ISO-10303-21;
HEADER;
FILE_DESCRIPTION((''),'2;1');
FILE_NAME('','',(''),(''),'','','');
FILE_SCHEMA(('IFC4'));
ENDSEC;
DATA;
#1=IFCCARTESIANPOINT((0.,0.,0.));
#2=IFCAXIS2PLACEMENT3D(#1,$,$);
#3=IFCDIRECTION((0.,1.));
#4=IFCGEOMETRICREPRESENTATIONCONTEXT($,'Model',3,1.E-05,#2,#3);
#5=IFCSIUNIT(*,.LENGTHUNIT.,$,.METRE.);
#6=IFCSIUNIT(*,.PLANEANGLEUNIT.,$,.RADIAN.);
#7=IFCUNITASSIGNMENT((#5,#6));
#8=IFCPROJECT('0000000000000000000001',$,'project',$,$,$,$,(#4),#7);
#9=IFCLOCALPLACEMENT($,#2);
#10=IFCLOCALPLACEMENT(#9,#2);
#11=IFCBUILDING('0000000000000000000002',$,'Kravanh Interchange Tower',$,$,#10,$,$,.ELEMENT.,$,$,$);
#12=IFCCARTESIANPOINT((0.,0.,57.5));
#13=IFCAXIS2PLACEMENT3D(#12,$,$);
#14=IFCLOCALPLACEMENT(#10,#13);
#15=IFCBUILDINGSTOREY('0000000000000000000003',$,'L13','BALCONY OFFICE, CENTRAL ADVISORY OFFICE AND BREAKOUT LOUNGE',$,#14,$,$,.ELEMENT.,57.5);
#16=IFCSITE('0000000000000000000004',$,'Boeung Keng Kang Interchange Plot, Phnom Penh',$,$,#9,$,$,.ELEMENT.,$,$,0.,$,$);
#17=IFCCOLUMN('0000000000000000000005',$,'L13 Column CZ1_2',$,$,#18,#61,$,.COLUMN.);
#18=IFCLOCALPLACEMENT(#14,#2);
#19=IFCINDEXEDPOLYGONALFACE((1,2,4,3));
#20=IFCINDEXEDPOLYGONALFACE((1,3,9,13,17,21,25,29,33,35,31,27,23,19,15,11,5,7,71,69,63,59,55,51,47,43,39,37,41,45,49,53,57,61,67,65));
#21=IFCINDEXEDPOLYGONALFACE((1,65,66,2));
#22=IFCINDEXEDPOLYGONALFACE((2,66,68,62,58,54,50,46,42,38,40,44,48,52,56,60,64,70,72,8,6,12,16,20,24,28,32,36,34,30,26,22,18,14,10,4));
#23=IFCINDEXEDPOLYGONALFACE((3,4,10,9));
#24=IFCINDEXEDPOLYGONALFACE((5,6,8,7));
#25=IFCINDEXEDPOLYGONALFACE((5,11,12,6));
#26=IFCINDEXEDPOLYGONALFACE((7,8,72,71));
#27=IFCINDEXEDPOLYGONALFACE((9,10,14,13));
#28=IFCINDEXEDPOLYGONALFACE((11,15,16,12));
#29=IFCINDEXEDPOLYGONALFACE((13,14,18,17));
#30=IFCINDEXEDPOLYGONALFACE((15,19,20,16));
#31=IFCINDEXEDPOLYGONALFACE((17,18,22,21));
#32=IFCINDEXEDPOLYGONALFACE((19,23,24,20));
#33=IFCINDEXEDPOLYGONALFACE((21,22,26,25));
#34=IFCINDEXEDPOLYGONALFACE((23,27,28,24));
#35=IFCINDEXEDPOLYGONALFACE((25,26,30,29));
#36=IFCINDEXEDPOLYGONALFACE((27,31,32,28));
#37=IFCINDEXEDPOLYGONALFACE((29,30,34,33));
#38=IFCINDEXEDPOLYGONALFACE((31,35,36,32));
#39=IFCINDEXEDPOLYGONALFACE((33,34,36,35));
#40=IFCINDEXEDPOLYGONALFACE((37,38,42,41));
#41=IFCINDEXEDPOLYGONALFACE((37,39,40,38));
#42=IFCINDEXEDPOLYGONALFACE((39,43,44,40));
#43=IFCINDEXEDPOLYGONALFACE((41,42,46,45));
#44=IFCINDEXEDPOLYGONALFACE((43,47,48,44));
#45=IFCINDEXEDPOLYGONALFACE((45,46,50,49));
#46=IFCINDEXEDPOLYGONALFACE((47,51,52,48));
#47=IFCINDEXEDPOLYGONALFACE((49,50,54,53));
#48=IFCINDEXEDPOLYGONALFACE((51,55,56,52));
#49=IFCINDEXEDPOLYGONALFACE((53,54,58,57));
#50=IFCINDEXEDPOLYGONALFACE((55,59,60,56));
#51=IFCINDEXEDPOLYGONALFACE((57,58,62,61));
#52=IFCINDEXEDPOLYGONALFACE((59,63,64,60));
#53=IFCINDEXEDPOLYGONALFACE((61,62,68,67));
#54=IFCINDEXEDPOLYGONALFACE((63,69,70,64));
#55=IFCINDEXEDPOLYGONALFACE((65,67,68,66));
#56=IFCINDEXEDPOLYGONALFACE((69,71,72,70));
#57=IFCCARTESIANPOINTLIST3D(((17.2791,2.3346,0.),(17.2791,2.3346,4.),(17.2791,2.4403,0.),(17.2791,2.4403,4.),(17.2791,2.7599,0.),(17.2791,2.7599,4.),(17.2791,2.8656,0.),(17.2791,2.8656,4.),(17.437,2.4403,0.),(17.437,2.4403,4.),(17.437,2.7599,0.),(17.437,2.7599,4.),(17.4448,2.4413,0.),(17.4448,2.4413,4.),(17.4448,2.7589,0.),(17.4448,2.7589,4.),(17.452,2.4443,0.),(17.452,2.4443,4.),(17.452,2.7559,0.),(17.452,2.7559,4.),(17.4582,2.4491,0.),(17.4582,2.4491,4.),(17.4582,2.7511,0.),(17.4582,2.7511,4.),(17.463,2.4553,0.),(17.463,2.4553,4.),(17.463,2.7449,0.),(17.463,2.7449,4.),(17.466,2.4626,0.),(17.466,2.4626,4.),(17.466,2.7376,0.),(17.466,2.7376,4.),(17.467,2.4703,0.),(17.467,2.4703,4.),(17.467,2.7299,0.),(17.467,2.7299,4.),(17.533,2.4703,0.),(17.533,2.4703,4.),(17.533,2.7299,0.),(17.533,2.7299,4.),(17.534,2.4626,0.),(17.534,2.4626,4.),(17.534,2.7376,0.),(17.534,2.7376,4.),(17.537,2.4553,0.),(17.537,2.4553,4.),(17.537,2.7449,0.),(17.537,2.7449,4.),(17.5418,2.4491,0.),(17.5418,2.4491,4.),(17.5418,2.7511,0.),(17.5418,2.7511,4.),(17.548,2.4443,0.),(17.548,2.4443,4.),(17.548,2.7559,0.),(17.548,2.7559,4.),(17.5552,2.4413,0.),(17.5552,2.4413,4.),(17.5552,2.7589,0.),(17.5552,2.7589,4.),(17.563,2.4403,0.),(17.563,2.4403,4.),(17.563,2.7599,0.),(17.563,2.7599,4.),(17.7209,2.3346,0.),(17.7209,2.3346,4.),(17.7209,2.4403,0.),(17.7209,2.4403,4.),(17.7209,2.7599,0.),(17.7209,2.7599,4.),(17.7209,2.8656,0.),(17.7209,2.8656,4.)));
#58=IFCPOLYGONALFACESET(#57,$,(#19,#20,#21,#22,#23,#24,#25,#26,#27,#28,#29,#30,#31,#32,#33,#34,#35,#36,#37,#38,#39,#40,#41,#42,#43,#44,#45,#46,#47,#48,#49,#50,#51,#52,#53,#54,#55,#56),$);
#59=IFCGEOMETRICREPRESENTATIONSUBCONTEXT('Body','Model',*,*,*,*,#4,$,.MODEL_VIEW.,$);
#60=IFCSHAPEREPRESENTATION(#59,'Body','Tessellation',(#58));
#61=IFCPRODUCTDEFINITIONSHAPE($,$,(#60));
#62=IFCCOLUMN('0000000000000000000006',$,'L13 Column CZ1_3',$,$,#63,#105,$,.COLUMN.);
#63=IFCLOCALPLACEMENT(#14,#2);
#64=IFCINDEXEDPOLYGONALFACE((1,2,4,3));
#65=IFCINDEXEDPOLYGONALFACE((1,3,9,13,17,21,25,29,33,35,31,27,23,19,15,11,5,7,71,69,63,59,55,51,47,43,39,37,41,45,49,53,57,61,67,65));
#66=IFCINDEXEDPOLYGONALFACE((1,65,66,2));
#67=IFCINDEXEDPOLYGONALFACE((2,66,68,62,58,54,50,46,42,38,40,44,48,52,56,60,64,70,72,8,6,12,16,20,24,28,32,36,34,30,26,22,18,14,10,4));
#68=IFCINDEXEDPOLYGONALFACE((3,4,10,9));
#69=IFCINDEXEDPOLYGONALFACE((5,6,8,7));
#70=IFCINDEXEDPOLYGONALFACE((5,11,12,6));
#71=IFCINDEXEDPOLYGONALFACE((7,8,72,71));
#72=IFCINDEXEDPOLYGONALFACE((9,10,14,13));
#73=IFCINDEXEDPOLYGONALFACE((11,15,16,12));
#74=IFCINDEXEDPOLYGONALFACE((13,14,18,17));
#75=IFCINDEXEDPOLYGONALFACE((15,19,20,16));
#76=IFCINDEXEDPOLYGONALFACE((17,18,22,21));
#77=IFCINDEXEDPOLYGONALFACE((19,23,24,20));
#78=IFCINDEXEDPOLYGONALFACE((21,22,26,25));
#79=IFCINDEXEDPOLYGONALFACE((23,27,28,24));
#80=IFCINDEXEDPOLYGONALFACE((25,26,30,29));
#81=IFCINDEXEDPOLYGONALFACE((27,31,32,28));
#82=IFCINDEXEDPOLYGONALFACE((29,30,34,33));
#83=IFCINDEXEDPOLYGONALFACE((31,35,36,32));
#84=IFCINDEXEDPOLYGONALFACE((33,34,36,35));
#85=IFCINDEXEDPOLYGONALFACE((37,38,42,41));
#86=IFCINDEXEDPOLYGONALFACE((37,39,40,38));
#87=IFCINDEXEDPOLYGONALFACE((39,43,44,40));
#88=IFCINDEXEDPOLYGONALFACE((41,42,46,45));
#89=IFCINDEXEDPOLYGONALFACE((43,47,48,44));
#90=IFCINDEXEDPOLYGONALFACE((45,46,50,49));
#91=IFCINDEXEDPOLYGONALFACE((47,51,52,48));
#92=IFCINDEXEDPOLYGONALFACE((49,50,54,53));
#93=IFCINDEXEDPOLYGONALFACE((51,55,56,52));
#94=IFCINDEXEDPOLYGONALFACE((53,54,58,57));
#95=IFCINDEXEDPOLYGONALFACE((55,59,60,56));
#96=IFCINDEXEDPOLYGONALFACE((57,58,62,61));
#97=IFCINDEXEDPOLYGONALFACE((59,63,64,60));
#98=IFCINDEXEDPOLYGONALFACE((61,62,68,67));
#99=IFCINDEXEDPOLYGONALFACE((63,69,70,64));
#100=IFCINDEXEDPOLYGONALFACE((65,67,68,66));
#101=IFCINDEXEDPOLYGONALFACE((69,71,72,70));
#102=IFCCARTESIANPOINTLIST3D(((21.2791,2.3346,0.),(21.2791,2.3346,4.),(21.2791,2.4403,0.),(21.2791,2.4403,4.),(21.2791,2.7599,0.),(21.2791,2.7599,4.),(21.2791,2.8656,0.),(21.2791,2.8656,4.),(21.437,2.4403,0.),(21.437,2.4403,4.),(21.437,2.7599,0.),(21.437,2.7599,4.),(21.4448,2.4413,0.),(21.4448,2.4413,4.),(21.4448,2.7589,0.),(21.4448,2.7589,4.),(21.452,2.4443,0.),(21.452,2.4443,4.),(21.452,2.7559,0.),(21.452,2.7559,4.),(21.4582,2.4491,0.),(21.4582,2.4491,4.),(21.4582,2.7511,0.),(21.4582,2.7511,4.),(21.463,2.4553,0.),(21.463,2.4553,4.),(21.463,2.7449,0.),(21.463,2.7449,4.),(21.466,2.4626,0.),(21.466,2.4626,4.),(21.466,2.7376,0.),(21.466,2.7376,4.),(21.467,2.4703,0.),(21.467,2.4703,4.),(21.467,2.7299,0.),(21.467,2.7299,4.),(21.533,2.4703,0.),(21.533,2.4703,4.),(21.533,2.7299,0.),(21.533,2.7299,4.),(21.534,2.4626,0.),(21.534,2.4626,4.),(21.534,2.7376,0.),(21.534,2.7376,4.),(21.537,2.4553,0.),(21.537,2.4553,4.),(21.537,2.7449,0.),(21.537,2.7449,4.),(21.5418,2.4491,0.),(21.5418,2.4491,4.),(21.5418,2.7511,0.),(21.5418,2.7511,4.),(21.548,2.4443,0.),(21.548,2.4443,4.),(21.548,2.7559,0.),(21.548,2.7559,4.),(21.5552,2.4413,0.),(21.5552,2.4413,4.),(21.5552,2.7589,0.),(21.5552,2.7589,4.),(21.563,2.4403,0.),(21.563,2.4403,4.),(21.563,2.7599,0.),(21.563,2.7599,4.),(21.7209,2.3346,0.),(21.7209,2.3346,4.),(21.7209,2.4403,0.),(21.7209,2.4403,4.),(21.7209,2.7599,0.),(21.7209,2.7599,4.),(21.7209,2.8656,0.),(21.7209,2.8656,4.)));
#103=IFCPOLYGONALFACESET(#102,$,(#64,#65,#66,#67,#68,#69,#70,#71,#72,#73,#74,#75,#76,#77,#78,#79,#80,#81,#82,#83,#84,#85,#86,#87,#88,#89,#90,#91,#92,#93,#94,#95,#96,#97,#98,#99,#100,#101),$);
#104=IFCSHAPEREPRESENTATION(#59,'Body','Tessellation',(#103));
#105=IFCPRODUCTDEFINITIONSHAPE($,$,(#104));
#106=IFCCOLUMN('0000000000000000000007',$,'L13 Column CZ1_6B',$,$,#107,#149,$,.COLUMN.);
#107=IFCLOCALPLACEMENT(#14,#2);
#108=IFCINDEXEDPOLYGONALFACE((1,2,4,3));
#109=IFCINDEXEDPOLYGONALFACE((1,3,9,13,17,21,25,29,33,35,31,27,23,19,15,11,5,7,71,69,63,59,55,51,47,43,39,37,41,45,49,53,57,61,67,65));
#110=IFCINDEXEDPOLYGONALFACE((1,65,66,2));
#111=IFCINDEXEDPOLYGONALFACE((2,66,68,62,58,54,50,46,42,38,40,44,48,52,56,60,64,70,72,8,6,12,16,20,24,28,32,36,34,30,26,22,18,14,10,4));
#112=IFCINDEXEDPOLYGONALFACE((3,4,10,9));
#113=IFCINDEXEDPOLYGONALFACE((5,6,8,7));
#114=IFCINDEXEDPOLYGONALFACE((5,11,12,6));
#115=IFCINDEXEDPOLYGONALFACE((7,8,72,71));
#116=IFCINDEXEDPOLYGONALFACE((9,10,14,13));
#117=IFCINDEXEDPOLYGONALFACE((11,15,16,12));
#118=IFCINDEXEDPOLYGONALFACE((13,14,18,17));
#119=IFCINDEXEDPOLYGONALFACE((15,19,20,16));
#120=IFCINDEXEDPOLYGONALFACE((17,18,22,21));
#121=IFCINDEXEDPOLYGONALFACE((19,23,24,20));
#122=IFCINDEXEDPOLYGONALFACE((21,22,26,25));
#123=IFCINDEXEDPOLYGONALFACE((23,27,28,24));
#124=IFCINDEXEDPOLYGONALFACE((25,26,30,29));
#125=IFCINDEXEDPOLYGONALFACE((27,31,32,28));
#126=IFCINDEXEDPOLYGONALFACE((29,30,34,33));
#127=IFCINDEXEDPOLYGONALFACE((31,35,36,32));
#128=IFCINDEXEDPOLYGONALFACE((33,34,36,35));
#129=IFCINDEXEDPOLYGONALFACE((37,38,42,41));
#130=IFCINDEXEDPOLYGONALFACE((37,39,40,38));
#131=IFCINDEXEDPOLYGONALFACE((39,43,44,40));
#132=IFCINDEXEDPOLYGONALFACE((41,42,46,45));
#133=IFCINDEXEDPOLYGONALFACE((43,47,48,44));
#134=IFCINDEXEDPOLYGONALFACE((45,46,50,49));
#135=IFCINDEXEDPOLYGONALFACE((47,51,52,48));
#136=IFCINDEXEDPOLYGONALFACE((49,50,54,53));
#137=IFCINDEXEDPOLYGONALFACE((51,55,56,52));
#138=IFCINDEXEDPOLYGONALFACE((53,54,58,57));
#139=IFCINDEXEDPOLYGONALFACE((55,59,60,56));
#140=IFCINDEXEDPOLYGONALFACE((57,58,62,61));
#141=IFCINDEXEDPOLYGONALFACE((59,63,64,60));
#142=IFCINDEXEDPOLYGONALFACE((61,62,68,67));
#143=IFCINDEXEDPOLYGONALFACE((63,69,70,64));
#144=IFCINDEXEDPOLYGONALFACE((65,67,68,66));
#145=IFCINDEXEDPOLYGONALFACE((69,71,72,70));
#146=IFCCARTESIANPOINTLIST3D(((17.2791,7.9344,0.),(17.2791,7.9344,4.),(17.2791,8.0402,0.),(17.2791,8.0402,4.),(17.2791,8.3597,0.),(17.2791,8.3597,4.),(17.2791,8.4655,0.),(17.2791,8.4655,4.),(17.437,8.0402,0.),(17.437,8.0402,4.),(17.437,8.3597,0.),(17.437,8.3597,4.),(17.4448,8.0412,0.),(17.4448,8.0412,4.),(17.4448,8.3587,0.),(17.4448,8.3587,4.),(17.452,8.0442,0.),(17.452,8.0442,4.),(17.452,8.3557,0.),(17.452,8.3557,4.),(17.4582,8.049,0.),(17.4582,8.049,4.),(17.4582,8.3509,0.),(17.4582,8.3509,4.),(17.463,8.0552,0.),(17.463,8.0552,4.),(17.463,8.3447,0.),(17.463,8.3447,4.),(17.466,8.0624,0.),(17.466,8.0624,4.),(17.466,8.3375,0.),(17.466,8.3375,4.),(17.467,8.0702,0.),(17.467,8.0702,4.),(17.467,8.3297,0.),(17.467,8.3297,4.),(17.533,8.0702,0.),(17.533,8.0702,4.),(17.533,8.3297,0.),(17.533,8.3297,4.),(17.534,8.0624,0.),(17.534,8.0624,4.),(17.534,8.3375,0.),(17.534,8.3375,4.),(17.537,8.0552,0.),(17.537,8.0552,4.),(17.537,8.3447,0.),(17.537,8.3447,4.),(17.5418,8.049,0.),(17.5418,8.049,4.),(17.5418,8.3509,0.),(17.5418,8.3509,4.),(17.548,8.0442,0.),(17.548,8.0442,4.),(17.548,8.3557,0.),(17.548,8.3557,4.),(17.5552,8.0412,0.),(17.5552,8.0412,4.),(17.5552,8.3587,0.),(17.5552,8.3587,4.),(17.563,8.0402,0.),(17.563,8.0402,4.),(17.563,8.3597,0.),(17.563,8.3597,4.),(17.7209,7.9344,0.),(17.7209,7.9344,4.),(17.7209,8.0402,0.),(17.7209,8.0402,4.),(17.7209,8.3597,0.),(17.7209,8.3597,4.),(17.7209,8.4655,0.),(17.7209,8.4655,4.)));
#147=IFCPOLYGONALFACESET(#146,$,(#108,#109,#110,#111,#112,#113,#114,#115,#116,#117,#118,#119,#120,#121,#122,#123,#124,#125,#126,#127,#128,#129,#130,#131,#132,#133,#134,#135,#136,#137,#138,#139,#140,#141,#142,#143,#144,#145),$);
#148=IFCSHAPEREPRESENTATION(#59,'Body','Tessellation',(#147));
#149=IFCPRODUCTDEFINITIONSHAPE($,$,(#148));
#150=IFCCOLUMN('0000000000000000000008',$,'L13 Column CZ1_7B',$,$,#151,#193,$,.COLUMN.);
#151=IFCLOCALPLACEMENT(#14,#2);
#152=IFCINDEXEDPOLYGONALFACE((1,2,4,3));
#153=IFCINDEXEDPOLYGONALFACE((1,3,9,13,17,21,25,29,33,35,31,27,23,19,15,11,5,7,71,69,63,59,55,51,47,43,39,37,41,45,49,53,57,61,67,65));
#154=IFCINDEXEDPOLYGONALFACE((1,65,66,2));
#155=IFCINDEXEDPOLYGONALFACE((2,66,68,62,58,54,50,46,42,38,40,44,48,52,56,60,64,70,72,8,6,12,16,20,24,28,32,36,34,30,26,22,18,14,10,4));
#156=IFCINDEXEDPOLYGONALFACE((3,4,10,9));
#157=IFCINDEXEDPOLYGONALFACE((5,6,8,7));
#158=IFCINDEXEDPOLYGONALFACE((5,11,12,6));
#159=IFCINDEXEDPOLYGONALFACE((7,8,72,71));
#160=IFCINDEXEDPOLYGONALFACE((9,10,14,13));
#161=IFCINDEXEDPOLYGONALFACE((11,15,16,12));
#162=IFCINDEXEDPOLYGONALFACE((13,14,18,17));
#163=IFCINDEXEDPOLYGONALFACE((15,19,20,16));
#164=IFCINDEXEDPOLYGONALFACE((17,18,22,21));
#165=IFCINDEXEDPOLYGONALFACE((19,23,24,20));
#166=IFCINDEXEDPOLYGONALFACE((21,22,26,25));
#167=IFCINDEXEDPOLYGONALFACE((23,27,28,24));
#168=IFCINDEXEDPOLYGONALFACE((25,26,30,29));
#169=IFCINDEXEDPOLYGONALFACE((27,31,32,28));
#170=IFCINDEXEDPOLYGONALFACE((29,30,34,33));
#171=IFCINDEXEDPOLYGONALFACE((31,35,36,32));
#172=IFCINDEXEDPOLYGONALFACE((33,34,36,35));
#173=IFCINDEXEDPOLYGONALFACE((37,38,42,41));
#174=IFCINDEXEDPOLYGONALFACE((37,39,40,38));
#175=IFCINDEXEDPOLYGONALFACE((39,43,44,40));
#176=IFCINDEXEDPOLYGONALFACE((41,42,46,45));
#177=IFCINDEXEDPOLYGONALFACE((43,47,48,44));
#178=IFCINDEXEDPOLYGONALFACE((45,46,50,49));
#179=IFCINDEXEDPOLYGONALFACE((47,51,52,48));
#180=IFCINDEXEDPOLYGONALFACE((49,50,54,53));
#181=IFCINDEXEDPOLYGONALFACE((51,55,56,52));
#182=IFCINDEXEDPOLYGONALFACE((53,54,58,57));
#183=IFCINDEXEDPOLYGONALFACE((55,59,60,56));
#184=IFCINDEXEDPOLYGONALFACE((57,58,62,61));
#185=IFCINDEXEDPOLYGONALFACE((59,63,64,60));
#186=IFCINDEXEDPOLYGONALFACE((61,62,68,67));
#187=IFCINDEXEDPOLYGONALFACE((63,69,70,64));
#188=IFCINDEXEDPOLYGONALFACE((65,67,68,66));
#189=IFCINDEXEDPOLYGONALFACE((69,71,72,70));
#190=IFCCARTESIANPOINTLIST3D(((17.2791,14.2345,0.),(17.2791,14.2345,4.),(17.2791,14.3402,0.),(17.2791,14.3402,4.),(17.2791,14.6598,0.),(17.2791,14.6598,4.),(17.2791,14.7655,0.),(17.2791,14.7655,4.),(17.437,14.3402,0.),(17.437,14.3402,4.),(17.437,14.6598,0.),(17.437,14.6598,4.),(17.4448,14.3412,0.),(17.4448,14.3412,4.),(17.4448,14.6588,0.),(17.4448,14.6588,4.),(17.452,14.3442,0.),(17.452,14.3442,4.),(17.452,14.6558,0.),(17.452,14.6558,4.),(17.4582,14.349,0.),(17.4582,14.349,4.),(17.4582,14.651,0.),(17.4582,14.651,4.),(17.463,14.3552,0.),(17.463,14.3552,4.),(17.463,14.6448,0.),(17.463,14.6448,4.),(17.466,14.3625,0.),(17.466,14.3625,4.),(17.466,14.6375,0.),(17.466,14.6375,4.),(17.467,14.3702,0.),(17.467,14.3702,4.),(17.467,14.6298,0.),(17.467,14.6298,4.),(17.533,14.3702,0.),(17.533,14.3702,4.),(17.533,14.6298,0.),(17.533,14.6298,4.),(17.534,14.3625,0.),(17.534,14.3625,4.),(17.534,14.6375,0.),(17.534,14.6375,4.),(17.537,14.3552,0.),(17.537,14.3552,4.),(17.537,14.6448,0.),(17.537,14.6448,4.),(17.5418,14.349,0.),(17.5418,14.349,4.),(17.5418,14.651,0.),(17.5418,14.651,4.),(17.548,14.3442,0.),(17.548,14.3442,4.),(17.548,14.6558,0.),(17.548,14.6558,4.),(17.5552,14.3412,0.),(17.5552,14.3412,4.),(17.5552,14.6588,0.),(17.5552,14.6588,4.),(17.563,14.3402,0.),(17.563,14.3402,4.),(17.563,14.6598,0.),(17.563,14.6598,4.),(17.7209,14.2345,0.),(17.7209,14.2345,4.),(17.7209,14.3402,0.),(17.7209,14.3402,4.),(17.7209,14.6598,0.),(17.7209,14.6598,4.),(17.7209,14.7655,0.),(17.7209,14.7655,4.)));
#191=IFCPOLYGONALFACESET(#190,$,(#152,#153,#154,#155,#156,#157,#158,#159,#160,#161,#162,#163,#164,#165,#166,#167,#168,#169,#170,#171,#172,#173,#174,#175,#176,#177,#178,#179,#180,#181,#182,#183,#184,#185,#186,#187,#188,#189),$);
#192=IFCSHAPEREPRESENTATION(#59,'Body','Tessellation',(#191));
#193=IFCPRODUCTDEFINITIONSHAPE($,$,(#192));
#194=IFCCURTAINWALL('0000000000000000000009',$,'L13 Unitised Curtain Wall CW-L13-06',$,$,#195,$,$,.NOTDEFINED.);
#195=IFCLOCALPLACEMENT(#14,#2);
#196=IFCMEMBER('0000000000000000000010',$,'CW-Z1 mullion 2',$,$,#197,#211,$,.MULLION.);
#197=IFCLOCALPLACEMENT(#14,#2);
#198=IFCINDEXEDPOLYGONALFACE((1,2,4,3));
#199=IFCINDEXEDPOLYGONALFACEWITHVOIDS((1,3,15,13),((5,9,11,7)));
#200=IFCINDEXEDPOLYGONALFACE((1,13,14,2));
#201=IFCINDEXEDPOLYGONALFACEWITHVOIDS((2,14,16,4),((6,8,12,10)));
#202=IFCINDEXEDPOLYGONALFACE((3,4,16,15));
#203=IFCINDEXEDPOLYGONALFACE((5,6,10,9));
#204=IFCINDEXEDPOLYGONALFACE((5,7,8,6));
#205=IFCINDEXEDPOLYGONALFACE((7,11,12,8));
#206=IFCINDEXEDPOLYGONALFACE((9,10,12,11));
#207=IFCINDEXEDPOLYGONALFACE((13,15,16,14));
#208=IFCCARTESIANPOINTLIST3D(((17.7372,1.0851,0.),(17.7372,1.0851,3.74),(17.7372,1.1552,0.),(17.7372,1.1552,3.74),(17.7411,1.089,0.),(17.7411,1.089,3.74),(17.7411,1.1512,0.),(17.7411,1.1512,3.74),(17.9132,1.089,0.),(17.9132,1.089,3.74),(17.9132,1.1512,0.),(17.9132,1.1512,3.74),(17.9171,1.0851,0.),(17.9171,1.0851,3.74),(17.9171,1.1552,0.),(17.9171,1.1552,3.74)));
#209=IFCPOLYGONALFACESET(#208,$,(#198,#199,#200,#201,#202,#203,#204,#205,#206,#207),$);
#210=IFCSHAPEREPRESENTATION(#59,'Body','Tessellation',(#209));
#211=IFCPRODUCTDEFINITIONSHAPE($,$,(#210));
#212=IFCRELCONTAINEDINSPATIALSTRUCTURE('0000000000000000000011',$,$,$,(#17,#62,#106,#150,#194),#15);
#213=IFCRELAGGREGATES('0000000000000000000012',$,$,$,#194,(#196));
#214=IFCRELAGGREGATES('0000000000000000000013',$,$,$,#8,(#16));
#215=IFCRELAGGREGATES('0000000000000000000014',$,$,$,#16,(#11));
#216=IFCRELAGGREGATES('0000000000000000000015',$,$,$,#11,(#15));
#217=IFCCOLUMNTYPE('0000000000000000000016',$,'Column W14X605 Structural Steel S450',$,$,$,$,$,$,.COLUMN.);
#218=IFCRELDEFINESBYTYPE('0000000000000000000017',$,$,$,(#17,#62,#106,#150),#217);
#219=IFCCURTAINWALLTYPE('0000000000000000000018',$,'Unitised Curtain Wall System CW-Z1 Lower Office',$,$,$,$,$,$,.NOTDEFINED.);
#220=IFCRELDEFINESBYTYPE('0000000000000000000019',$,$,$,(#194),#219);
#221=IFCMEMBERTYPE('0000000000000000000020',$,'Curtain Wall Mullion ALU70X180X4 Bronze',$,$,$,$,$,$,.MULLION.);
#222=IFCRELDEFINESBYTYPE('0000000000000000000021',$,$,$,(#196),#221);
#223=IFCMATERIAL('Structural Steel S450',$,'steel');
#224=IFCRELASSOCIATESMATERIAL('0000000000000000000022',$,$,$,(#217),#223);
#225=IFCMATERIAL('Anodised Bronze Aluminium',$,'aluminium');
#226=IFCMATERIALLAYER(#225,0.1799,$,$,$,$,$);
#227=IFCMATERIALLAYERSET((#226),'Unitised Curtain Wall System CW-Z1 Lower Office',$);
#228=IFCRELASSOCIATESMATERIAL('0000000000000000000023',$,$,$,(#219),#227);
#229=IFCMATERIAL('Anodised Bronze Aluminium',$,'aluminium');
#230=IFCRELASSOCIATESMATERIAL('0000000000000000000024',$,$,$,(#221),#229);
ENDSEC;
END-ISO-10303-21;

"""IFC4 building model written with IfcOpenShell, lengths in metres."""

from ifc_helpers import new_model, si_unit, direction, frame, origin, origin_2d, place, context, subcontext, project, spatial, hollow_rectangle, i_section, extrude, material, layer, layer_set, material_profile, profile_set, type_object, element, aggregate, save


model = new_model("IFC4")

# Units and contexts
model_context = context("Model", 3, precision=1e-05, world=origin(), true_north=direction((0.0, 1.0)))
body_context = subcontext(model_context, "Body", "Model", "MODEL_VIEW")
ifc_project = project(units=[si_unit("LENGTHUNIT", "METRE"), si_unit("PLANEANGLEUNIT", "RADIAN")], contexts=[model_context])

# Site, building, storey
site_placement = place(None, origin())
site = spatial("IfcSite", under=ifc_project, at=site_placement, Name="Boeung Keng Kang Interchange Plot, Phnom Penh", CompositionType="ELEMENT", RefElevation=0.0)
building_placement = place(site_placement, origin())
building = spatial("IfcBuilding", under=site, at=building_placement, Name="Kravanh Interchange Tower", CompositionType="ELEMENT")
storey_placement = place(building_placement, frame((0.0, 0.0, 57.5)))
storey = spatial("IfcBuildingStorey", under=building, at=storey_placement, Name="L13", Description="BALCONY OFFICE, CENTRAL ADVISORY OFFICE AND BREAKOUT LOUNGE", CompositionType="ELEMENT", Elevation=57.5)

# Columns
ifc_material_1 = material(Name="Structural Steel S450", Category="steel")
ifc_material_profile_1 = material_profile(ifc_material_1, i_section(OverallWidth=0.4419, OverallDepth=0.531, WebThickness=0.0659, FlangeThickness=0.1057, FilletRadius=0.03, at=origin_2d()), Name="W14X605")
ifc_profile_set_1 = profile_set([ifc_material_profile_1], Name="Structural Steel S450")
column_type = type_object("IfcColumnType", Name="Column W14X605 Structural Steel S450", PredefinedType="COLUMN", material=ifc_profile_set_1)
for number, where, z_axis, x_axis, name in (
    (1, (17.5, 2.6001, 0.0), (0.0, 0.0, 1.0), (1.0, 0.0, 0.0), "L13 Column CZ1_2"),
    (2, (21.5, 2.6001, 0.0), (0.0, 0.0, 1.0), (1.0, 0.0, 0.0), "L13 Column CZ1_3"),
    (3, (17.5, 8.2, 0.0), (0.0, 0.0, 1.0), (1.0, 0.0, 0.0), "L13 Column CZ1_6B"),
    (4, (17.5, 14.5, 0.0), (0.0, 0.0, 1.0), (1.0, 0.0, 0.0), "L13 Column CZ1_7B"),
):
    element("IfcColumn", number, at=place(storey_placement, frame(where, z_axis=z_axis, x_axis=x_axis)), inside=storey, type_object=column_type, Name=name, PredefinedType="COLUMN", context=body_context, shape_type="SweptSolid", body=[
        extrude(i_section(OverallWidth=0.4419, OverallDepth=0.531, WebThickness=0.0659, FlangeThickness=0.1057, FilletRadius=0.03, at=origin_2d()), origin(), (0.0, 0.0, 1.0), 4.0),
    ])

# Curtain wall, member
ifc_material_2 = material(Name="Anodised Bronze Aluminium", Category="aluminium")
ifc_layer_1 = layer(ifc_material_2, 0.1799)
ifc_layer_set_1 = layer_set([ifc_layer_1], Name="Unitised Curtain Wall System CW-Z1 Lower Office")
curtain_wall_type = type_object("IfcCurtainWallType", Name="Unitised Curtain Wall System CW-Z1 Lower Office", PredefinedType="NOTDEFINED", material=ifc_layer_set_1)
curtain_wall_placement = place(storey_placement, origin())
curtain_wall = element("IfcCurtainWall", 5, at=curtain_wall_placement, inside=storey, type_object=curtain_wall_type, Name="L13 Unitised Curtain Wall CW-L13-06", PredefinedType="NOTDEFINED")
ifc_material_3 = material(Name="Anodised Bronze Aluminium", Category="aluminium")
ifc_material_profile_2 = material_profile(ifc_material_3, hollow_rectangle(XDim=0.0701, YDim=0.1799, WallThickness=0.0039, at=origin_2d()), Name="ALU70X180X4")
ifc_profile_set_2 = profile_set([ifc_material_profile_2], Name="Anodised Bronze Aluminium")
member_type_1 = type_object("IfcMemberType", Name="Curtain Wall Mullion ALU70X180X4 Bronze", PredefinedType="MULLION", material=ifc_profile_set_2)
member_1_placement = place(storey_placement, frame((17.8271, 1.1201, 0.0), z_axis=(0.0, 0.0, 1.0), x_axis=(0.0, -1.0, 0.0)))
member_1 = element("IfcMember", 6, at=member_1_placement, type_object=member_type_1, Name="CW-Z1 mullion 2", PredefinedType="MULLION", context=body_context, shape_type="SweptSolid", body=[
    extrude(hollow_rectangle(XDim=0.0701, YDim=0.1799, WallThickness=0.0039, at=origin_2d()), origin(), (0.0, 0.0, 1.0), 3.74),
])

aggregate(curtain_wall, [member_1])

save(model, "model.ifc")
